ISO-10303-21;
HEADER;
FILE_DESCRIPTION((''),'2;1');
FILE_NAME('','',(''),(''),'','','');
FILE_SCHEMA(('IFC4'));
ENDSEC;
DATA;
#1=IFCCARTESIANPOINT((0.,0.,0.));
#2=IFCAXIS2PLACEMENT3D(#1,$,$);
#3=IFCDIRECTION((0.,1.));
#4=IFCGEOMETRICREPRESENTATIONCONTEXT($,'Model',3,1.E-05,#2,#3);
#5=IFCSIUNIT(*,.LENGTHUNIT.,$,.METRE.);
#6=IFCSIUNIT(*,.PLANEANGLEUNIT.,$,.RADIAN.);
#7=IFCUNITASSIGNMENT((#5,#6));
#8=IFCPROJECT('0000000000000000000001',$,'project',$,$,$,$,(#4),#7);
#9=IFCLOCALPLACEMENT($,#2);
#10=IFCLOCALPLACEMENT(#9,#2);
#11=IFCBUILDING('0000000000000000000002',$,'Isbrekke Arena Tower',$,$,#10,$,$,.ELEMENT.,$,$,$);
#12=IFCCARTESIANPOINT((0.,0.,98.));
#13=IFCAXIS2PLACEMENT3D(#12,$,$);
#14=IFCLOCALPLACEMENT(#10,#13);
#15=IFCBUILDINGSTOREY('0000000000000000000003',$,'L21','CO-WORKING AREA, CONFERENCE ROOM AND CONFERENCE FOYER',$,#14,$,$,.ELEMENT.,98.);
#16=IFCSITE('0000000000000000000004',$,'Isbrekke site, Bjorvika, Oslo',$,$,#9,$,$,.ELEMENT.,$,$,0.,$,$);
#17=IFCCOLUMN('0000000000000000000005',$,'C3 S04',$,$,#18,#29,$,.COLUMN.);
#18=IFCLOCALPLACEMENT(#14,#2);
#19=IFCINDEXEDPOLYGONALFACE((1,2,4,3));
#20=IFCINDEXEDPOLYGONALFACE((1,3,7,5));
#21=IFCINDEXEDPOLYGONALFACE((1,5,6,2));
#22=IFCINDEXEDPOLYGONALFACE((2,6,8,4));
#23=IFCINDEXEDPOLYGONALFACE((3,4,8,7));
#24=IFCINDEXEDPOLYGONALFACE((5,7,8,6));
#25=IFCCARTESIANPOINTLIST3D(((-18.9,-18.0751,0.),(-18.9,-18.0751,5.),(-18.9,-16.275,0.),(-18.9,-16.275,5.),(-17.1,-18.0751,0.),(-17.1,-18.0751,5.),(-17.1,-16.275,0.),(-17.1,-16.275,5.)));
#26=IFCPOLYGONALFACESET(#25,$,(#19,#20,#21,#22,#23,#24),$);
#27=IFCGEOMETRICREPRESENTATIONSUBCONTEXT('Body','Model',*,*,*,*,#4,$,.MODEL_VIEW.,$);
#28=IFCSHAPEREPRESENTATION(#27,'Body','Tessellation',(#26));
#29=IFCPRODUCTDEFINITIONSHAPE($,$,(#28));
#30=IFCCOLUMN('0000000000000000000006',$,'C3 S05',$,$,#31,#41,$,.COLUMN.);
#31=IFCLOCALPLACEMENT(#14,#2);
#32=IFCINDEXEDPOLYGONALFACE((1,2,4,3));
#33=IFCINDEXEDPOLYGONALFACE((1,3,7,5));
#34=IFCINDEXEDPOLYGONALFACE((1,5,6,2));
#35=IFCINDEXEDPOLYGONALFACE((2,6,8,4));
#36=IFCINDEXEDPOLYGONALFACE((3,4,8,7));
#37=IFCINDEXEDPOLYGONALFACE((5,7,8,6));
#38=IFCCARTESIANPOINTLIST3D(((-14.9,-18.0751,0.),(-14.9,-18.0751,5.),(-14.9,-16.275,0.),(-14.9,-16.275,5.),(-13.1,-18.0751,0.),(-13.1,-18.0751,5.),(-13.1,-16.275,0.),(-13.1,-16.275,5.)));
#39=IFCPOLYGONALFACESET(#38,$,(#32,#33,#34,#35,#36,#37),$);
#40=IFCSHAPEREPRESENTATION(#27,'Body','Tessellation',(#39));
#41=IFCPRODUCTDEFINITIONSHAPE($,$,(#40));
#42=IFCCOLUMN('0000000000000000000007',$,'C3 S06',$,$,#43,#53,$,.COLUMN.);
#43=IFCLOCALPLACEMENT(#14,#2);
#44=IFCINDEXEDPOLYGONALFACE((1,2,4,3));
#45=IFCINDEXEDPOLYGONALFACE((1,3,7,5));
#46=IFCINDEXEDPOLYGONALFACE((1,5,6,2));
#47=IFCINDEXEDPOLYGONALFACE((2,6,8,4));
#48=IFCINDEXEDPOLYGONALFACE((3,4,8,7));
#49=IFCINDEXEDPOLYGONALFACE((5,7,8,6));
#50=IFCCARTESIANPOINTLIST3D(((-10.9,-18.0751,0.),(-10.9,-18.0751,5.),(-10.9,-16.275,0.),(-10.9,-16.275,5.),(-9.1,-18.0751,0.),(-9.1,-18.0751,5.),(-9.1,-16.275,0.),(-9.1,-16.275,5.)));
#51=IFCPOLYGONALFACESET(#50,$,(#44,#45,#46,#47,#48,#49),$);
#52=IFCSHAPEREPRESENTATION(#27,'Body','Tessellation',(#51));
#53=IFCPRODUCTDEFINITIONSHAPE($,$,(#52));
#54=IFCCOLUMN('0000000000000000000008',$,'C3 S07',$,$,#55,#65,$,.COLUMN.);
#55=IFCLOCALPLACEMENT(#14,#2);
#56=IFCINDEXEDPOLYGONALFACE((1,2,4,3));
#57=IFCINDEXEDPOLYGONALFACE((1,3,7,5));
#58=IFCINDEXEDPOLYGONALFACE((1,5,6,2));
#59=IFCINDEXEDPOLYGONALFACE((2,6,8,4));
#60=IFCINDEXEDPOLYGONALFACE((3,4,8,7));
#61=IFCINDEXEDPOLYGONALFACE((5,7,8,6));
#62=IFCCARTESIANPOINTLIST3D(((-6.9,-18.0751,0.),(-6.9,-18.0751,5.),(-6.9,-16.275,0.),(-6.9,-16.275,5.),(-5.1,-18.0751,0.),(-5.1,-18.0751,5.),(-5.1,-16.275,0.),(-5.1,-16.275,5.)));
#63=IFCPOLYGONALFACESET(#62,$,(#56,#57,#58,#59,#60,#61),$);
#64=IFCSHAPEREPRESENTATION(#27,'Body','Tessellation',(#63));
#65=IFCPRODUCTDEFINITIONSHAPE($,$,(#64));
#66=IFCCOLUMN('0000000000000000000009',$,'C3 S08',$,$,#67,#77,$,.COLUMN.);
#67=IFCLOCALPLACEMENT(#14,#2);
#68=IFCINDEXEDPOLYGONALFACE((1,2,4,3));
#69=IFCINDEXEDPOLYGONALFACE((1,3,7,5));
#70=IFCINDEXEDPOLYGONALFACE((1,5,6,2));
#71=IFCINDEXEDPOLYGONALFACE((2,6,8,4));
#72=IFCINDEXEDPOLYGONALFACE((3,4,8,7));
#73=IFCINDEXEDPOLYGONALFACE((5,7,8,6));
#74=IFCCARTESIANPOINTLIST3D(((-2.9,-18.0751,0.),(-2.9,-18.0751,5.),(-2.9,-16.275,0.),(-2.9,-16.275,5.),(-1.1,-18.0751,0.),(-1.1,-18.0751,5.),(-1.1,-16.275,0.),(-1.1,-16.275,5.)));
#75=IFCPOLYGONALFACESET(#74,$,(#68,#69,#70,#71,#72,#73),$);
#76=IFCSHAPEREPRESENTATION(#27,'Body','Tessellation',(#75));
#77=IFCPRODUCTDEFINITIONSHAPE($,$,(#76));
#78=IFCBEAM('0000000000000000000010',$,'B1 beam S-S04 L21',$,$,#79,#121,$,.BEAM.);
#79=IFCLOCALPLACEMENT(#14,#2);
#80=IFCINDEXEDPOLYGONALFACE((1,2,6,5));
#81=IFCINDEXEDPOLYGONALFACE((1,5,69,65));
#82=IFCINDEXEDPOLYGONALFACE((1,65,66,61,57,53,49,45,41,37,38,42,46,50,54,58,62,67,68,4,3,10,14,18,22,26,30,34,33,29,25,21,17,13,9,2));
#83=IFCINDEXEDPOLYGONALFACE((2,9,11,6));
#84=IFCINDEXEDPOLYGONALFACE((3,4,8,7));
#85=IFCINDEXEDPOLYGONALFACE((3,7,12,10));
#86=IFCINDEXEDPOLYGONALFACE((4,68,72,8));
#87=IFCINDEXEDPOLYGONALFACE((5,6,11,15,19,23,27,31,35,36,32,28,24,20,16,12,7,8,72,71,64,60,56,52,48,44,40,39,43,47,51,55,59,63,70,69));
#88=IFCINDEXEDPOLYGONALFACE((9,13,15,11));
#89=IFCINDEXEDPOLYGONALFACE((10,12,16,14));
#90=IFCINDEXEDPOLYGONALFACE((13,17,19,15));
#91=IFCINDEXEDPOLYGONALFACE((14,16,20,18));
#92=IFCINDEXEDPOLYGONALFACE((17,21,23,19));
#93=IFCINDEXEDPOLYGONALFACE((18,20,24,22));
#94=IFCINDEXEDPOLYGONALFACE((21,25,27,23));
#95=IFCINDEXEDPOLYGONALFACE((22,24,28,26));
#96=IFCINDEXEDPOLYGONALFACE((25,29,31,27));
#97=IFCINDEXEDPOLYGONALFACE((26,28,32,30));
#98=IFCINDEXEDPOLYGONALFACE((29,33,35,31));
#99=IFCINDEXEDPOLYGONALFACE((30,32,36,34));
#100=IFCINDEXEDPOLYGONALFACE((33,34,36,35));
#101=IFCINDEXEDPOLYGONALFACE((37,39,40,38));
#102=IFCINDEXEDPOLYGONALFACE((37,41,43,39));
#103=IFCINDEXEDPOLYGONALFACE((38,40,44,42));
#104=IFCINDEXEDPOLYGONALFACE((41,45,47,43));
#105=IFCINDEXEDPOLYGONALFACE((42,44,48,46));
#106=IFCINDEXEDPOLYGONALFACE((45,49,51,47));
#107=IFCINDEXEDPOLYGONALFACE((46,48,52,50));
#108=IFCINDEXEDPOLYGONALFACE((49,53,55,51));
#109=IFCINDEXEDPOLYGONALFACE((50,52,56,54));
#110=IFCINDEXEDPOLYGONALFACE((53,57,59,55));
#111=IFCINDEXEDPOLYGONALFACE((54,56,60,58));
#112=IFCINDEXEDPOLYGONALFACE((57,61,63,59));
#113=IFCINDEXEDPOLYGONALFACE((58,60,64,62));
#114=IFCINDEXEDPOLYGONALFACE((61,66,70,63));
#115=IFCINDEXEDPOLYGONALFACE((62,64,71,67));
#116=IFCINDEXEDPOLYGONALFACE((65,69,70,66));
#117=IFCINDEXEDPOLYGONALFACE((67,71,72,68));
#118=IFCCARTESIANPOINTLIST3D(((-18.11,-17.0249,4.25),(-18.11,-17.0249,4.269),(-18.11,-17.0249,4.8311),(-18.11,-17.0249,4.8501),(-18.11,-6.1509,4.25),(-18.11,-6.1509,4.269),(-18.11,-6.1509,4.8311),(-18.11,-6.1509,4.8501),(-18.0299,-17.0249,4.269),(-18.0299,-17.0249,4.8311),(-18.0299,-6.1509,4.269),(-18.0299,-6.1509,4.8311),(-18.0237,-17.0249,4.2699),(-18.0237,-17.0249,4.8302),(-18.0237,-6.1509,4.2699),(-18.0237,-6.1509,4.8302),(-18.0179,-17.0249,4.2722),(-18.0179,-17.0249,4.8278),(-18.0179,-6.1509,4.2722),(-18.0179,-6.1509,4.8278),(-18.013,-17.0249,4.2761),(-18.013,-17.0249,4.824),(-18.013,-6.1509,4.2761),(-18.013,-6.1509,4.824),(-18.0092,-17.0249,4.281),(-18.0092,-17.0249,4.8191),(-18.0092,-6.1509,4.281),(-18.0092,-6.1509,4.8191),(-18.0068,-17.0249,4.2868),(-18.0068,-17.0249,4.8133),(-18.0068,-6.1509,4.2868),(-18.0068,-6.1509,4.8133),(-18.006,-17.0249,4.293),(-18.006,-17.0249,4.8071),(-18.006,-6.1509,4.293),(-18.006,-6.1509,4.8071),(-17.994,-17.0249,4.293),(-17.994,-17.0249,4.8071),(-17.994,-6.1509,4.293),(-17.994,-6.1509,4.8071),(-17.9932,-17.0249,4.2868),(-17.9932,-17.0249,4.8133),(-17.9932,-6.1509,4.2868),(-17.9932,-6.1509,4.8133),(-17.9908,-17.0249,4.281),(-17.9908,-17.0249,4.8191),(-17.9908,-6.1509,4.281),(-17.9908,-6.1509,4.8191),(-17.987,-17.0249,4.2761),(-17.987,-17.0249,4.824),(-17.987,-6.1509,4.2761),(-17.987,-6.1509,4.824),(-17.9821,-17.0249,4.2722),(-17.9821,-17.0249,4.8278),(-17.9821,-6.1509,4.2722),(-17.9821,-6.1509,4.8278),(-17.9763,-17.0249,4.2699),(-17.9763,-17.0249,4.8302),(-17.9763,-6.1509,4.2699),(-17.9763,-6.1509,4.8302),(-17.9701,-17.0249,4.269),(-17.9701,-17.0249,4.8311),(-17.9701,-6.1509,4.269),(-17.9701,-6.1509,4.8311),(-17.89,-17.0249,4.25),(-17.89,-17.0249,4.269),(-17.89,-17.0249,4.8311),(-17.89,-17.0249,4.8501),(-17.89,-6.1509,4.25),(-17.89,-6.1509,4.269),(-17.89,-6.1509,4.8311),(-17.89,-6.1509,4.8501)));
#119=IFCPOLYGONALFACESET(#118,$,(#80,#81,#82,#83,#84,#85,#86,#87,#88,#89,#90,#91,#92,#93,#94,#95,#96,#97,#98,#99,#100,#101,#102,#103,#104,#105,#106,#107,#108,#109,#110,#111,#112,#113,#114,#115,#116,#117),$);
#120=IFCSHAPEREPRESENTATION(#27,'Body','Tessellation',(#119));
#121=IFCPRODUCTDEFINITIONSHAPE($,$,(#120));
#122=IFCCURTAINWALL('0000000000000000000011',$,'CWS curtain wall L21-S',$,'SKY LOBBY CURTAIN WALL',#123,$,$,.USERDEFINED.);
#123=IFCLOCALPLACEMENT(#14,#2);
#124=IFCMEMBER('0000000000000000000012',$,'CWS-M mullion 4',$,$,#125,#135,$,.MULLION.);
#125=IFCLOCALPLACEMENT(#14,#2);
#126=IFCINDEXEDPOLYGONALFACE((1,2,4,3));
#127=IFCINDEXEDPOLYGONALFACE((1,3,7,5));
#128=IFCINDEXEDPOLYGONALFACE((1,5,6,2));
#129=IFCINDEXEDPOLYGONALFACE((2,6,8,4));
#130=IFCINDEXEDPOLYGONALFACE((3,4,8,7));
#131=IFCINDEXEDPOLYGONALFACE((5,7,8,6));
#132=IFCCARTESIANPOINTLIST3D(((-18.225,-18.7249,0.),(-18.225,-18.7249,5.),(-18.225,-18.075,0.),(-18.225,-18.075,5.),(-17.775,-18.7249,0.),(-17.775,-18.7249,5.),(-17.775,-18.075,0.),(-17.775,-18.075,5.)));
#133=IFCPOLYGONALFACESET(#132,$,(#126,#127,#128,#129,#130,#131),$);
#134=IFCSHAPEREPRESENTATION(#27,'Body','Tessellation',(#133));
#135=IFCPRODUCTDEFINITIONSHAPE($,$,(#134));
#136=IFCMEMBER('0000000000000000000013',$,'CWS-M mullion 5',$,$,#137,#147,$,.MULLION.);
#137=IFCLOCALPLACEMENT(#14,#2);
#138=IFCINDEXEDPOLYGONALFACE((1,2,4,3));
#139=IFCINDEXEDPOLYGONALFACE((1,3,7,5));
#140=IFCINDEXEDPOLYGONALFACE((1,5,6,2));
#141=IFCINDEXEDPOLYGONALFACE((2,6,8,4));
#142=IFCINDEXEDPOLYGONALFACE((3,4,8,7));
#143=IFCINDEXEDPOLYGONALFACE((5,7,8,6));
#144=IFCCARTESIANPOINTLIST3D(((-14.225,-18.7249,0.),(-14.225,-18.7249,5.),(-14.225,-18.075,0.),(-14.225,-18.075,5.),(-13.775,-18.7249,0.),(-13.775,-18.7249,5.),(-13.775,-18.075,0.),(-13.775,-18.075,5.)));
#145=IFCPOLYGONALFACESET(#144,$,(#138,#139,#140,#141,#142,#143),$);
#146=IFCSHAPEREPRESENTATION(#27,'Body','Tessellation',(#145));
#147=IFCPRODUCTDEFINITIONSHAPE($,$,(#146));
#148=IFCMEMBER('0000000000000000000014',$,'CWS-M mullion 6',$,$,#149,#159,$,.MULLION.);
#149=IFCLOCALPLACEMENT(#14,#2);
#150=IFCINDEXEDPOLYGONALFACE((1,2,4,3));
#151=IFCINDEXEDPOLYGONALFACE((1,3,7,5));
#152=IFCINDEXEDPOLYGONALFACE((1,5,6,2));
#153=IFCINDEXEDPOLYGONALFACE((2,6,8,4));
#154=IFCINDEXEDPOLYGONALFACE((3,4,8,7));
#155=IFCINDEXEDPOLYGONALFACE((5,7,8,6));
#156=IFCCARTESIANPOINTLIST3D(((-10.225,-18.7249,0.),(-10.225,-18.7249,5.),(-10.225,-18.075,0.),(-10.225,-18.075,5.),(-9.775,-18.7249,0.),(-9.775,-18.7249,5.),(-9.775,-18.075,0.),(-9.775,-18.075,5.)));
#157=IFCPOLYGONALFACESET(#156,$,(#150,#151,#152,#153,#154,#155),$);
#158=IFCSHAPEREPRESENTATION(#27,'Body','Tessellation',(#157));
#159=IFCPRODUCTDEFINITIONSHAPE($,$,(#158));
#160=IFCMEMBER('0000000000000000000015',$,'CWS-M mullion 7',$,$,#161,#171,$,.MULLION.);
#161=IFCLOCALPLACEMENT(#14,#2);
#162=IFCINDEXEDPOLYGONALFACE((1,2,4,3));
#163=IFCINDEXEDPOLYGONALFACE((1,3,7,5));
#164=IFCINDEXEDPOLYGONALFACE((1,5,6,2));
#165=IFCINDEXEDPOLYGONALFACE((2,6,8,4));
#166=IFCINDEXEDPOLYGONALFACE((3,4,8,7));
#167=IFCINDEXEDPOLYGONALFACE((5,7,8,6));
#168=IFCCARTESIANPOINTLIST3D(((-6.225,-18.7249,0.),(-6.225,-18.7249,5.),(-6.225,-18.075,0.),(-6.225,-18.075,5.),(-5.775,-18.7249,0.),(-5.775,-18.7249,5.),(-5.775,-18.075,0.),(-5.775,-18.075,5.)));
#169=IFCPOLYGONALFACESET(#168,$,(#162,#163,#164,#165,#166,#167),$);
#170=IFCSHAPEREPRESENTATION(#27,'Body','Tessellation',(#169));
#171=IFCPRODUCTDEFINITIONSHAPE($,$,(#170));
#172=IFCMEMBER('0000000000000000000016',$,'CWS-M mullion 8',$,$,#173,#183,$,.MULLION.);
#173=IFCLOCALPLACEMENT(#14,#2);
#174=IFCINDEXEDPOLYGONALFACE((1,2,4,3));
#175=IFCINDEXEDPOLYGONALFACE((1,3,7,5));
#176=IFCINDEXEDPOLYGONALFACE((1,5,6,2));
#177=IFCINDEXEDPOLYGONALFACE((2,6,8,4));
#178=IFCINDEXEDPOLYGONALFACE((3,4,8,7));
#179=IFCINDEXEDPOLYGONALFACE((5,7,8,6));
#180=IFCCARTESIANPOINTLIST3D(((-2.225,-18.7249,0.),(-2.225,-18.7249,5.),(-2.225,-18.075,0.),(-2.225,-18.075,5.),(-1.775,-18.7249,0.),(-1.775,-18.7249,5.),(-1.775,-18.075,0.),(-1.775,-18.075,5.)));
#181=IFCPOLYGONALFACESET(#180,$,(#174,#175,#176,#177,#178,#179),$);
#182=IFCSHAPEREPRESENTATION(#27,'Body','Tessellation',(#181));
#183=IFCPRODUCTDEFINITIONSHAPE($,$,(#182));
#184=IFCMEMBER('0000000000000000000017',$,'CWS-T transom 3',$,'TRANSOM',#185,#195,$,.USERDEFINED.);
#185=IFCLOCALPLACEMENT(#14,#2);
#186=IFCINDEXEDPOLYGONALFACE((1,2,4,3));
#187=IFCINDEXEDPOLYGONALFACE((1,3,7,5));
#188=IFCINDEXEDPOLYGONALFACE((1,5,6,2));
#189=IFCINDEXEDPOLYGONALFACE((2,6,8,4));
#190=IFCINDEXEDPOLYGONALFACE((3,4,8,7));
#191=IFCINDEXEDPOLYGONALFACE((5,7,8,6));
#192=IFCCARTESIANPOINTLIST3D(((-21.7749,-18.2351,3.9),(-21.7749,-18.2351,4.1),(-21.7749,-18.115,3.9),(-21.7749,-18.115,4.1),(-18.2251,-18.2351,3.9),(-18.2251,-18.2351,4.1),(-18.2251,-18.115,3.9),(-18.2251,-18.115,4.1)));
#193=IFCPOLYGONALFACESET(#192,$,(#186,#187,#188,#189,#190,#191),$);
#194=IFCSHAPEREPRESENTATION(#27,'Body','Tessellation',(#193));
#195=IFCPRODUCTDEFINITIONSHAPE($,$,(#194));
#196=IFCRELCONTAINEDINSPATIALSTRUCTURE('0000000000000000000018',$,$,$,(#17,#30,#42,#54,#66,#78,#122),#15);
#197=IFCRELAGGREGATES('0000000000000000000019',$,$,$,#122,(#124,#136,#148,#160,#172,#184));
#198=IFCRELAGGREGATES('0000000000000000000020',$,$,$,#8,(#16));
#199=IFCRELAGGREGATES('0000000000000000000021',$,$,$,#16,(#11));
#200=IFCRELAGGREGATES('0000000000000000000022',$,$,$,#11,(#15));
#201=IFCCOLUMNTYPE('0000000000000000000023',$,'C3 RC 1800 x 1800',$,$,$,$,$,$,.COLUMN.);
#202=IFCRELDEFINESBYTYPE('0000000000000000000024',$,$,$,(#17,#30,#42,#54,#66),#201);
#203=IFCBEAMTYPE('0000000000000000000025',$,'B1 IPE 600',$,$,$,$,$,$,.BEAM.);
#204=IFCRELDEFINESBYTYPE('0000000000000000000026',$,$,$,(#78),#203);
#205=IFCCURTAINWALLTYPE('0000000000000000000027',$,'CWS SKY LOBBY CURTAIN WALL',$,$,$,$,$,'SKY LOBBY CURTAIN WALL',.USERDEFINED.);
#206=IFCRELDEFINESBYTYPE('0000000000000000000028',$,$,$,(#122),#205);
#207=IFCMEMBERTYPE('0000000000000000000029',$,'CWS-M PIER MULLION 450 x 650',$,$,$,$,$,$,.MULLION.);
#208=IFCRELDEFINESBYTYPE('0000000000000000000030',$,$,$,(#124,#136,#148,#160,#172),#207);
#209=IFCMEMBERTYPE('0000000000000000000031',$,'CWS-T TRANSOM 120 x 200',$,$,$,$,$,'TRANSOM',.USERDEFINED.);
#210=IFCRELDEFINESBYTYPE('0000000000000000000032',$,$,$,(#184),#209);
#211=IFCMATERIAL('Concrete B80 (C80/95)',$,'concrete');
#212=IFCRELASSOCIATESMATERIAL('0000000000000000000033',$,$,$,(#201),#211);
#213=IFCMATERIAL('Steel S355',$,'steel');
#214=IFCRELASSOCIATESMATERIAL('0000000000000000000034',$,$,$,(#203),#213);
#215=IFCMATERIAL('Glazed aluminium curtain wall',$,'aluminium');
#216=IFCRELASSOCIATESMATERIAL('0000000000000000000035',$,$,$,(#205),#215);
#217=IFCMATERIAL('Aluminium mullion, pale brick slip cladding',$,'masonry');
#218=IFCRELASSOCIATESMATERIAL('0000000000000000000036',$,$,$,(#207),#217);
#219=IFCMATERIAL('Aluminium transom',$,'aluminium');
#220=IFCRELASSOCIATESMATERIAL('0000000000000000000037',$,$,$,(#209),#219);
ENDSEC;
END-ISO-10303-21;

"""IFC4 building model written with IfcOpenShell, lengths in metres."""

from ifc_helpers import new_model, si_unit, direction, frame, origin, origin_2d, place, context, subcontext, project, spatial, rectangle, i_section, extrude, material, material_profile, profile_set, type_object, element, aggregate, save


model = new_model("IFC4")

# Units and contexts
model_context = context("Model", 3, precision=1e-05, world=origin(), true_north=direction((0.0, 1.0)))
body_context = subcontext(model_context, "Body", "Model", "MODEL_VIEW")
ifc_project = project(units=[si_unit("LENGTHUNIT", "METRE"), si_unit("PLANEANGLEUNIT", "RADIAN")], contexts=[model_context])

# Site, building, storey
site_placement = place(None, origin())
site = spatial("IfcSite", under=ifc_project, at=site_placement, Name="Isbrekke site, Bjorvika, Oslo", CompositionType="ELEMENT", RefElevation=0.0)
building_placement = place(site_placement, origin())
building = spatial("IfcBuilding", under=site, at=building_placement, Name="Isbrekke Arena Tower", CompositionType="ELEMENT")
storey_placement = place(building_placement, frame((0.0, 0.0, 98.0)))
storey = spatial("IfcBuildingStorey", under=building, at=storey_placement, Name="L21", Description="CO-WORKING AREA, CONFERENCE ROOM AND CONFERENCE FOYER", CompositionType="ELEMENT", Elevation=98.0)

# Columns
ifc_material_1 = material(Name="Concrete B80 (C80/95)", Category="concrete")
ifc_material_profile_1 = material_profile(ifc_material_1, rectangle(XDim=1.8, YDim=1.8, at=origin_2d()), Name="RC 1800x1800")
ifc_profile_set_1 = profile_set([ifc_material_profile_1], Name="Concrete B80 (C80/95)")
column_type = type_object("IfcColumnType", Name="C3 RC 1800 x 1800", PredefinedType="COLUMN", material=ifc_profile_set_1)
for number, where, z_axis, x_axis, name in (
    (1, (-18.0, -17.175, 0.0), (0.0, 0.0, 1.0), (1.0, 0.0, 0.0), "C3 S04"),
    (2, (-14.0, -17.175, 0.0), (0.0, 0.0, 1.0), (1.0, 0.0, 0.0), "C3 S05"),
    (3, (-10.0, -17.175, 0.0), (0.0, 0.0, 1.0), (1.0, 0.0, 0.0), "C3 S06"),
    (4, (-6.0, -17.175, 0.0), (0.0, 0.0, 1.0), (1.0, 0.0, 0.0), "C3 S07"),
    (5, (-2.0, -17.175, 0.0), (0.0, 0.0, 1.0), (1.0, 0.0, 0.0), "C3 S08"),
):
    element("IfcColumn", number, at=place(storey_placement, frame(where, z_axis=z_axis, x_axis=x_axis)), inside=storey, type_object=column_type, Name=name, PredefinedType="COLUMN", context=body_context, shape_type="SweptSolid", body=[
        extrude(rectangle(XDim=1.8, YDim=1.8, at=origin_2d()), origin(), (0.0, 0.0, 1.0), 5.0),
    ])

# Beam
ifc_material_2 = material(Name="Steel S355", Category="steel")
ifc_material_profile_2 = material_profile(ifc_material_2, i_section(OverallWidth=0.22, OverallDepth=0.6001, WebThickness=0.012, FlangeThickness=0.019, FilletRadius=0.0239, at=origin_2d()), Name="IPE 600")
ifc_profile_set_2 = profile_set([ifc_material_profile_2], Name="Steel S355")
beam_type_1 = type_object("IfcBeamType", Name="B1 IPE 600", PredefinedType="BEAM", material=ifc_profile_set_2)
beam_placement = place(storey_placement, frame((-18.0, -17.0249, 4.55), z_axis=(0.0, 1.0, 0.0), x_axis=(-1.0, 0.0, 0.0)))
element("IfcBeam", 6, at=beam_placement, inside=storey, type_object=beam_type_1, Name="B1 beam S-S04 L21", PredefinedType="BEAM", context=body_context, shape_type="SweptSolid", body=[
    extrude(i_section(OverallWidth=0.22, OverallDepth=0.6001, WebThickness=0.012, FlangeThickness=0.019, FilletRadius=0.0239, at=origin_2d()), origin(), (0.0, 0.0, 1.0), 10.874),
])

# Curtain wall, members
ifc_material_3 = material(Name="Glazed aluminium curtain wall", Category="aluminium")
curtain_wall_type = type_object("IfcCurtainWallType", Name="CWS SKY LOBBY CURTAIN WALL", ElementType="SKY LOBBY CURTAIN WALL", PredefinedType="USERDEFINED", material=ifc_material_3)
curtain_wall_placement = place(storey_placement, origin())
curtain_wall = element("IfcCurtainWall", 7, at=curtain_wall_placement, inside=storey, type_object=curtain_wall_type, Name="CWS curtain wall L21-S", ObjectType="SKY LOBBY CURTAIN WALL", PredefinedType="USERDEFINED")
ifc_material_4 = material(Name="Aluminium mullion, pale brick slip cladding", Category="masonry")
ifc_material_profile_3 = material_profile(ifc_material_4, rectangle(XDim=0.45, YDim=0.6499, at=origin_2d()), Name="PIER 450X650")
ifc_profile_set_3 = profile_set([ifc_material_profile_3], Name="Aluminium mullion, pale brick slip cladding")
member_type_1 = type_object("IfcMemberType", Name="CWS-M PIER MULLION 450 x 650", PredefinedType="MULLION", material=ifc_profile_set_3)
member_1_placement = place(storey_placement, frame((-18.0, -18.3999, 0.0), z_axis=(0.0, 0.0, 1.0), x_axis=(1.0, 0.0, 0.0)))
member_1 = element("IfcMember", 8, at=member_1_placement, type_object=member_type_1, Name="CWS-M mullion 4", PredefinedType="MULLION", context=body_context, shape_type="SweptSolid", body=[
    extrude(rectangle(XDim=0.45, YDim=0.6499, at=origin_2d()), origin(), (0.0, 0.0, 1.0), 5.0),
])
member_2_placement = place(storey_placement, frame((-14.0, -18.3999, 0.0), z_axis=(0.0, 0.0, 1.0), x_axis=(1.0, 0.0, 0.0)))
member_2 = element("IfcMember", 9, at=member_2_placement, type_object=member_type_1, Name="CWS-M mullion 5", PredefinedType="MULLION", context=body_context, shape_type="SweptSolid", body=[
    extrude(rectangle(XDim=0.45, YDim=0.6499, at=origin_2d()), origin(), (0.0, 0.0, 1.0), 5.0),
])
member_3_placement = place(storey_placement, frame((-10.0, -18.3999, 0.0), z_axis=(0.0, 0.0, 1.0), x_axis=(1.0, 0.0, 0.0)))
member_3 = element("IfcMember", 10, at=member_3_placement, type_object=member_type_1, Name="CWS-M mullion 6", PredefinedType="MULLION", context=body_context, shape_type="SweptSolid", body=[
    extrude(rectangle(XDim=0.45, YDim=0.6499, at=origin_2d()), origin(), (0.0, 0.0, 1.0), 5.0),
])
member_4_placement = place(storey_placement, frame((-6.0, -18.3999, 0.0), z_axis=(0.0, 0.0, 1.0), x_axis=(1.0, 0.0, 0.0)))
member_4 = element("IfcMember", 11, at=member_4_placement, type_object=member_type_1, Name="CWS-M mullion 7", PredefinedType="MULLION", context=body_context, shape_type="SweptSolid", body=[
    extrude(rectangle(XDim=0.45, YDim=0.6499, at=origin_2d()), origin(), (0.0, 0.0, 1.0), 5.0),
])
member_5_placement = place(storey_placement, frame((-2.0, -18.3999, 0.0), z_axis=(0.0, 0.0, 1.0), x_axis=(1.0, 0.0, 0.0)))
member_5 = element("IfcMember", 12, at=member_5_placement, type_object=member_type_1, Name="CWS-M mullion 8", PredefinedType="MULLION", context=body_context, shape_type="SweptSolid", body=[
    extrude(rectangle(XDim=0.45, YDim=0.6499, at=origin_2d()), origin(), (0.0, 0.0, 1.0), 5.0),
])
ifc_material_5 = material(Name="Aluminium transom", Category="aluminium")
ifc_material_profile_4 = material_profile(ifc_material_5, rectangle(XDim=0.1201, YDim=0.2, at=origin_2d()), Name="TRANSOM 120X200")
ifc_profile_set_4 = profile_set([ifc_material_profile_4], Name="Aluminium transom")
member_type_2 = type_object("IfcMemberType", Name="CWS-T TRANSOM 120 x 200", ElementType="TRANSOM", PredefinedType="USERDEFINED", material=ifc_profile_set_4)
member_6_placement = place(storey_placement, frame((-21.7749, -18.175, 4.0), z_axis=(1.0, 0.0, 0.0), x_axis=(0.0, 1.0, 0.0)))
member_6 = element("IfcMember", 13, at=member_6_placement, type_object=member_type_2, Name="CWS-T transom 3", ObjectType="TRANSOM", PredefinedType="USERDEFINED", context=body_context, shape_type="SweptSolid", body=[
    extrude(rectangle(XDim=0.1201, YDim=0.2, at=origin_2d()), origin(), (0.0, 0.0, 1.0), 3.5498),
])

aggregate(curtain_wall, [member_1, member_2, member_3, member_4, member_5, member_6])

save(model, "model.ifc")
